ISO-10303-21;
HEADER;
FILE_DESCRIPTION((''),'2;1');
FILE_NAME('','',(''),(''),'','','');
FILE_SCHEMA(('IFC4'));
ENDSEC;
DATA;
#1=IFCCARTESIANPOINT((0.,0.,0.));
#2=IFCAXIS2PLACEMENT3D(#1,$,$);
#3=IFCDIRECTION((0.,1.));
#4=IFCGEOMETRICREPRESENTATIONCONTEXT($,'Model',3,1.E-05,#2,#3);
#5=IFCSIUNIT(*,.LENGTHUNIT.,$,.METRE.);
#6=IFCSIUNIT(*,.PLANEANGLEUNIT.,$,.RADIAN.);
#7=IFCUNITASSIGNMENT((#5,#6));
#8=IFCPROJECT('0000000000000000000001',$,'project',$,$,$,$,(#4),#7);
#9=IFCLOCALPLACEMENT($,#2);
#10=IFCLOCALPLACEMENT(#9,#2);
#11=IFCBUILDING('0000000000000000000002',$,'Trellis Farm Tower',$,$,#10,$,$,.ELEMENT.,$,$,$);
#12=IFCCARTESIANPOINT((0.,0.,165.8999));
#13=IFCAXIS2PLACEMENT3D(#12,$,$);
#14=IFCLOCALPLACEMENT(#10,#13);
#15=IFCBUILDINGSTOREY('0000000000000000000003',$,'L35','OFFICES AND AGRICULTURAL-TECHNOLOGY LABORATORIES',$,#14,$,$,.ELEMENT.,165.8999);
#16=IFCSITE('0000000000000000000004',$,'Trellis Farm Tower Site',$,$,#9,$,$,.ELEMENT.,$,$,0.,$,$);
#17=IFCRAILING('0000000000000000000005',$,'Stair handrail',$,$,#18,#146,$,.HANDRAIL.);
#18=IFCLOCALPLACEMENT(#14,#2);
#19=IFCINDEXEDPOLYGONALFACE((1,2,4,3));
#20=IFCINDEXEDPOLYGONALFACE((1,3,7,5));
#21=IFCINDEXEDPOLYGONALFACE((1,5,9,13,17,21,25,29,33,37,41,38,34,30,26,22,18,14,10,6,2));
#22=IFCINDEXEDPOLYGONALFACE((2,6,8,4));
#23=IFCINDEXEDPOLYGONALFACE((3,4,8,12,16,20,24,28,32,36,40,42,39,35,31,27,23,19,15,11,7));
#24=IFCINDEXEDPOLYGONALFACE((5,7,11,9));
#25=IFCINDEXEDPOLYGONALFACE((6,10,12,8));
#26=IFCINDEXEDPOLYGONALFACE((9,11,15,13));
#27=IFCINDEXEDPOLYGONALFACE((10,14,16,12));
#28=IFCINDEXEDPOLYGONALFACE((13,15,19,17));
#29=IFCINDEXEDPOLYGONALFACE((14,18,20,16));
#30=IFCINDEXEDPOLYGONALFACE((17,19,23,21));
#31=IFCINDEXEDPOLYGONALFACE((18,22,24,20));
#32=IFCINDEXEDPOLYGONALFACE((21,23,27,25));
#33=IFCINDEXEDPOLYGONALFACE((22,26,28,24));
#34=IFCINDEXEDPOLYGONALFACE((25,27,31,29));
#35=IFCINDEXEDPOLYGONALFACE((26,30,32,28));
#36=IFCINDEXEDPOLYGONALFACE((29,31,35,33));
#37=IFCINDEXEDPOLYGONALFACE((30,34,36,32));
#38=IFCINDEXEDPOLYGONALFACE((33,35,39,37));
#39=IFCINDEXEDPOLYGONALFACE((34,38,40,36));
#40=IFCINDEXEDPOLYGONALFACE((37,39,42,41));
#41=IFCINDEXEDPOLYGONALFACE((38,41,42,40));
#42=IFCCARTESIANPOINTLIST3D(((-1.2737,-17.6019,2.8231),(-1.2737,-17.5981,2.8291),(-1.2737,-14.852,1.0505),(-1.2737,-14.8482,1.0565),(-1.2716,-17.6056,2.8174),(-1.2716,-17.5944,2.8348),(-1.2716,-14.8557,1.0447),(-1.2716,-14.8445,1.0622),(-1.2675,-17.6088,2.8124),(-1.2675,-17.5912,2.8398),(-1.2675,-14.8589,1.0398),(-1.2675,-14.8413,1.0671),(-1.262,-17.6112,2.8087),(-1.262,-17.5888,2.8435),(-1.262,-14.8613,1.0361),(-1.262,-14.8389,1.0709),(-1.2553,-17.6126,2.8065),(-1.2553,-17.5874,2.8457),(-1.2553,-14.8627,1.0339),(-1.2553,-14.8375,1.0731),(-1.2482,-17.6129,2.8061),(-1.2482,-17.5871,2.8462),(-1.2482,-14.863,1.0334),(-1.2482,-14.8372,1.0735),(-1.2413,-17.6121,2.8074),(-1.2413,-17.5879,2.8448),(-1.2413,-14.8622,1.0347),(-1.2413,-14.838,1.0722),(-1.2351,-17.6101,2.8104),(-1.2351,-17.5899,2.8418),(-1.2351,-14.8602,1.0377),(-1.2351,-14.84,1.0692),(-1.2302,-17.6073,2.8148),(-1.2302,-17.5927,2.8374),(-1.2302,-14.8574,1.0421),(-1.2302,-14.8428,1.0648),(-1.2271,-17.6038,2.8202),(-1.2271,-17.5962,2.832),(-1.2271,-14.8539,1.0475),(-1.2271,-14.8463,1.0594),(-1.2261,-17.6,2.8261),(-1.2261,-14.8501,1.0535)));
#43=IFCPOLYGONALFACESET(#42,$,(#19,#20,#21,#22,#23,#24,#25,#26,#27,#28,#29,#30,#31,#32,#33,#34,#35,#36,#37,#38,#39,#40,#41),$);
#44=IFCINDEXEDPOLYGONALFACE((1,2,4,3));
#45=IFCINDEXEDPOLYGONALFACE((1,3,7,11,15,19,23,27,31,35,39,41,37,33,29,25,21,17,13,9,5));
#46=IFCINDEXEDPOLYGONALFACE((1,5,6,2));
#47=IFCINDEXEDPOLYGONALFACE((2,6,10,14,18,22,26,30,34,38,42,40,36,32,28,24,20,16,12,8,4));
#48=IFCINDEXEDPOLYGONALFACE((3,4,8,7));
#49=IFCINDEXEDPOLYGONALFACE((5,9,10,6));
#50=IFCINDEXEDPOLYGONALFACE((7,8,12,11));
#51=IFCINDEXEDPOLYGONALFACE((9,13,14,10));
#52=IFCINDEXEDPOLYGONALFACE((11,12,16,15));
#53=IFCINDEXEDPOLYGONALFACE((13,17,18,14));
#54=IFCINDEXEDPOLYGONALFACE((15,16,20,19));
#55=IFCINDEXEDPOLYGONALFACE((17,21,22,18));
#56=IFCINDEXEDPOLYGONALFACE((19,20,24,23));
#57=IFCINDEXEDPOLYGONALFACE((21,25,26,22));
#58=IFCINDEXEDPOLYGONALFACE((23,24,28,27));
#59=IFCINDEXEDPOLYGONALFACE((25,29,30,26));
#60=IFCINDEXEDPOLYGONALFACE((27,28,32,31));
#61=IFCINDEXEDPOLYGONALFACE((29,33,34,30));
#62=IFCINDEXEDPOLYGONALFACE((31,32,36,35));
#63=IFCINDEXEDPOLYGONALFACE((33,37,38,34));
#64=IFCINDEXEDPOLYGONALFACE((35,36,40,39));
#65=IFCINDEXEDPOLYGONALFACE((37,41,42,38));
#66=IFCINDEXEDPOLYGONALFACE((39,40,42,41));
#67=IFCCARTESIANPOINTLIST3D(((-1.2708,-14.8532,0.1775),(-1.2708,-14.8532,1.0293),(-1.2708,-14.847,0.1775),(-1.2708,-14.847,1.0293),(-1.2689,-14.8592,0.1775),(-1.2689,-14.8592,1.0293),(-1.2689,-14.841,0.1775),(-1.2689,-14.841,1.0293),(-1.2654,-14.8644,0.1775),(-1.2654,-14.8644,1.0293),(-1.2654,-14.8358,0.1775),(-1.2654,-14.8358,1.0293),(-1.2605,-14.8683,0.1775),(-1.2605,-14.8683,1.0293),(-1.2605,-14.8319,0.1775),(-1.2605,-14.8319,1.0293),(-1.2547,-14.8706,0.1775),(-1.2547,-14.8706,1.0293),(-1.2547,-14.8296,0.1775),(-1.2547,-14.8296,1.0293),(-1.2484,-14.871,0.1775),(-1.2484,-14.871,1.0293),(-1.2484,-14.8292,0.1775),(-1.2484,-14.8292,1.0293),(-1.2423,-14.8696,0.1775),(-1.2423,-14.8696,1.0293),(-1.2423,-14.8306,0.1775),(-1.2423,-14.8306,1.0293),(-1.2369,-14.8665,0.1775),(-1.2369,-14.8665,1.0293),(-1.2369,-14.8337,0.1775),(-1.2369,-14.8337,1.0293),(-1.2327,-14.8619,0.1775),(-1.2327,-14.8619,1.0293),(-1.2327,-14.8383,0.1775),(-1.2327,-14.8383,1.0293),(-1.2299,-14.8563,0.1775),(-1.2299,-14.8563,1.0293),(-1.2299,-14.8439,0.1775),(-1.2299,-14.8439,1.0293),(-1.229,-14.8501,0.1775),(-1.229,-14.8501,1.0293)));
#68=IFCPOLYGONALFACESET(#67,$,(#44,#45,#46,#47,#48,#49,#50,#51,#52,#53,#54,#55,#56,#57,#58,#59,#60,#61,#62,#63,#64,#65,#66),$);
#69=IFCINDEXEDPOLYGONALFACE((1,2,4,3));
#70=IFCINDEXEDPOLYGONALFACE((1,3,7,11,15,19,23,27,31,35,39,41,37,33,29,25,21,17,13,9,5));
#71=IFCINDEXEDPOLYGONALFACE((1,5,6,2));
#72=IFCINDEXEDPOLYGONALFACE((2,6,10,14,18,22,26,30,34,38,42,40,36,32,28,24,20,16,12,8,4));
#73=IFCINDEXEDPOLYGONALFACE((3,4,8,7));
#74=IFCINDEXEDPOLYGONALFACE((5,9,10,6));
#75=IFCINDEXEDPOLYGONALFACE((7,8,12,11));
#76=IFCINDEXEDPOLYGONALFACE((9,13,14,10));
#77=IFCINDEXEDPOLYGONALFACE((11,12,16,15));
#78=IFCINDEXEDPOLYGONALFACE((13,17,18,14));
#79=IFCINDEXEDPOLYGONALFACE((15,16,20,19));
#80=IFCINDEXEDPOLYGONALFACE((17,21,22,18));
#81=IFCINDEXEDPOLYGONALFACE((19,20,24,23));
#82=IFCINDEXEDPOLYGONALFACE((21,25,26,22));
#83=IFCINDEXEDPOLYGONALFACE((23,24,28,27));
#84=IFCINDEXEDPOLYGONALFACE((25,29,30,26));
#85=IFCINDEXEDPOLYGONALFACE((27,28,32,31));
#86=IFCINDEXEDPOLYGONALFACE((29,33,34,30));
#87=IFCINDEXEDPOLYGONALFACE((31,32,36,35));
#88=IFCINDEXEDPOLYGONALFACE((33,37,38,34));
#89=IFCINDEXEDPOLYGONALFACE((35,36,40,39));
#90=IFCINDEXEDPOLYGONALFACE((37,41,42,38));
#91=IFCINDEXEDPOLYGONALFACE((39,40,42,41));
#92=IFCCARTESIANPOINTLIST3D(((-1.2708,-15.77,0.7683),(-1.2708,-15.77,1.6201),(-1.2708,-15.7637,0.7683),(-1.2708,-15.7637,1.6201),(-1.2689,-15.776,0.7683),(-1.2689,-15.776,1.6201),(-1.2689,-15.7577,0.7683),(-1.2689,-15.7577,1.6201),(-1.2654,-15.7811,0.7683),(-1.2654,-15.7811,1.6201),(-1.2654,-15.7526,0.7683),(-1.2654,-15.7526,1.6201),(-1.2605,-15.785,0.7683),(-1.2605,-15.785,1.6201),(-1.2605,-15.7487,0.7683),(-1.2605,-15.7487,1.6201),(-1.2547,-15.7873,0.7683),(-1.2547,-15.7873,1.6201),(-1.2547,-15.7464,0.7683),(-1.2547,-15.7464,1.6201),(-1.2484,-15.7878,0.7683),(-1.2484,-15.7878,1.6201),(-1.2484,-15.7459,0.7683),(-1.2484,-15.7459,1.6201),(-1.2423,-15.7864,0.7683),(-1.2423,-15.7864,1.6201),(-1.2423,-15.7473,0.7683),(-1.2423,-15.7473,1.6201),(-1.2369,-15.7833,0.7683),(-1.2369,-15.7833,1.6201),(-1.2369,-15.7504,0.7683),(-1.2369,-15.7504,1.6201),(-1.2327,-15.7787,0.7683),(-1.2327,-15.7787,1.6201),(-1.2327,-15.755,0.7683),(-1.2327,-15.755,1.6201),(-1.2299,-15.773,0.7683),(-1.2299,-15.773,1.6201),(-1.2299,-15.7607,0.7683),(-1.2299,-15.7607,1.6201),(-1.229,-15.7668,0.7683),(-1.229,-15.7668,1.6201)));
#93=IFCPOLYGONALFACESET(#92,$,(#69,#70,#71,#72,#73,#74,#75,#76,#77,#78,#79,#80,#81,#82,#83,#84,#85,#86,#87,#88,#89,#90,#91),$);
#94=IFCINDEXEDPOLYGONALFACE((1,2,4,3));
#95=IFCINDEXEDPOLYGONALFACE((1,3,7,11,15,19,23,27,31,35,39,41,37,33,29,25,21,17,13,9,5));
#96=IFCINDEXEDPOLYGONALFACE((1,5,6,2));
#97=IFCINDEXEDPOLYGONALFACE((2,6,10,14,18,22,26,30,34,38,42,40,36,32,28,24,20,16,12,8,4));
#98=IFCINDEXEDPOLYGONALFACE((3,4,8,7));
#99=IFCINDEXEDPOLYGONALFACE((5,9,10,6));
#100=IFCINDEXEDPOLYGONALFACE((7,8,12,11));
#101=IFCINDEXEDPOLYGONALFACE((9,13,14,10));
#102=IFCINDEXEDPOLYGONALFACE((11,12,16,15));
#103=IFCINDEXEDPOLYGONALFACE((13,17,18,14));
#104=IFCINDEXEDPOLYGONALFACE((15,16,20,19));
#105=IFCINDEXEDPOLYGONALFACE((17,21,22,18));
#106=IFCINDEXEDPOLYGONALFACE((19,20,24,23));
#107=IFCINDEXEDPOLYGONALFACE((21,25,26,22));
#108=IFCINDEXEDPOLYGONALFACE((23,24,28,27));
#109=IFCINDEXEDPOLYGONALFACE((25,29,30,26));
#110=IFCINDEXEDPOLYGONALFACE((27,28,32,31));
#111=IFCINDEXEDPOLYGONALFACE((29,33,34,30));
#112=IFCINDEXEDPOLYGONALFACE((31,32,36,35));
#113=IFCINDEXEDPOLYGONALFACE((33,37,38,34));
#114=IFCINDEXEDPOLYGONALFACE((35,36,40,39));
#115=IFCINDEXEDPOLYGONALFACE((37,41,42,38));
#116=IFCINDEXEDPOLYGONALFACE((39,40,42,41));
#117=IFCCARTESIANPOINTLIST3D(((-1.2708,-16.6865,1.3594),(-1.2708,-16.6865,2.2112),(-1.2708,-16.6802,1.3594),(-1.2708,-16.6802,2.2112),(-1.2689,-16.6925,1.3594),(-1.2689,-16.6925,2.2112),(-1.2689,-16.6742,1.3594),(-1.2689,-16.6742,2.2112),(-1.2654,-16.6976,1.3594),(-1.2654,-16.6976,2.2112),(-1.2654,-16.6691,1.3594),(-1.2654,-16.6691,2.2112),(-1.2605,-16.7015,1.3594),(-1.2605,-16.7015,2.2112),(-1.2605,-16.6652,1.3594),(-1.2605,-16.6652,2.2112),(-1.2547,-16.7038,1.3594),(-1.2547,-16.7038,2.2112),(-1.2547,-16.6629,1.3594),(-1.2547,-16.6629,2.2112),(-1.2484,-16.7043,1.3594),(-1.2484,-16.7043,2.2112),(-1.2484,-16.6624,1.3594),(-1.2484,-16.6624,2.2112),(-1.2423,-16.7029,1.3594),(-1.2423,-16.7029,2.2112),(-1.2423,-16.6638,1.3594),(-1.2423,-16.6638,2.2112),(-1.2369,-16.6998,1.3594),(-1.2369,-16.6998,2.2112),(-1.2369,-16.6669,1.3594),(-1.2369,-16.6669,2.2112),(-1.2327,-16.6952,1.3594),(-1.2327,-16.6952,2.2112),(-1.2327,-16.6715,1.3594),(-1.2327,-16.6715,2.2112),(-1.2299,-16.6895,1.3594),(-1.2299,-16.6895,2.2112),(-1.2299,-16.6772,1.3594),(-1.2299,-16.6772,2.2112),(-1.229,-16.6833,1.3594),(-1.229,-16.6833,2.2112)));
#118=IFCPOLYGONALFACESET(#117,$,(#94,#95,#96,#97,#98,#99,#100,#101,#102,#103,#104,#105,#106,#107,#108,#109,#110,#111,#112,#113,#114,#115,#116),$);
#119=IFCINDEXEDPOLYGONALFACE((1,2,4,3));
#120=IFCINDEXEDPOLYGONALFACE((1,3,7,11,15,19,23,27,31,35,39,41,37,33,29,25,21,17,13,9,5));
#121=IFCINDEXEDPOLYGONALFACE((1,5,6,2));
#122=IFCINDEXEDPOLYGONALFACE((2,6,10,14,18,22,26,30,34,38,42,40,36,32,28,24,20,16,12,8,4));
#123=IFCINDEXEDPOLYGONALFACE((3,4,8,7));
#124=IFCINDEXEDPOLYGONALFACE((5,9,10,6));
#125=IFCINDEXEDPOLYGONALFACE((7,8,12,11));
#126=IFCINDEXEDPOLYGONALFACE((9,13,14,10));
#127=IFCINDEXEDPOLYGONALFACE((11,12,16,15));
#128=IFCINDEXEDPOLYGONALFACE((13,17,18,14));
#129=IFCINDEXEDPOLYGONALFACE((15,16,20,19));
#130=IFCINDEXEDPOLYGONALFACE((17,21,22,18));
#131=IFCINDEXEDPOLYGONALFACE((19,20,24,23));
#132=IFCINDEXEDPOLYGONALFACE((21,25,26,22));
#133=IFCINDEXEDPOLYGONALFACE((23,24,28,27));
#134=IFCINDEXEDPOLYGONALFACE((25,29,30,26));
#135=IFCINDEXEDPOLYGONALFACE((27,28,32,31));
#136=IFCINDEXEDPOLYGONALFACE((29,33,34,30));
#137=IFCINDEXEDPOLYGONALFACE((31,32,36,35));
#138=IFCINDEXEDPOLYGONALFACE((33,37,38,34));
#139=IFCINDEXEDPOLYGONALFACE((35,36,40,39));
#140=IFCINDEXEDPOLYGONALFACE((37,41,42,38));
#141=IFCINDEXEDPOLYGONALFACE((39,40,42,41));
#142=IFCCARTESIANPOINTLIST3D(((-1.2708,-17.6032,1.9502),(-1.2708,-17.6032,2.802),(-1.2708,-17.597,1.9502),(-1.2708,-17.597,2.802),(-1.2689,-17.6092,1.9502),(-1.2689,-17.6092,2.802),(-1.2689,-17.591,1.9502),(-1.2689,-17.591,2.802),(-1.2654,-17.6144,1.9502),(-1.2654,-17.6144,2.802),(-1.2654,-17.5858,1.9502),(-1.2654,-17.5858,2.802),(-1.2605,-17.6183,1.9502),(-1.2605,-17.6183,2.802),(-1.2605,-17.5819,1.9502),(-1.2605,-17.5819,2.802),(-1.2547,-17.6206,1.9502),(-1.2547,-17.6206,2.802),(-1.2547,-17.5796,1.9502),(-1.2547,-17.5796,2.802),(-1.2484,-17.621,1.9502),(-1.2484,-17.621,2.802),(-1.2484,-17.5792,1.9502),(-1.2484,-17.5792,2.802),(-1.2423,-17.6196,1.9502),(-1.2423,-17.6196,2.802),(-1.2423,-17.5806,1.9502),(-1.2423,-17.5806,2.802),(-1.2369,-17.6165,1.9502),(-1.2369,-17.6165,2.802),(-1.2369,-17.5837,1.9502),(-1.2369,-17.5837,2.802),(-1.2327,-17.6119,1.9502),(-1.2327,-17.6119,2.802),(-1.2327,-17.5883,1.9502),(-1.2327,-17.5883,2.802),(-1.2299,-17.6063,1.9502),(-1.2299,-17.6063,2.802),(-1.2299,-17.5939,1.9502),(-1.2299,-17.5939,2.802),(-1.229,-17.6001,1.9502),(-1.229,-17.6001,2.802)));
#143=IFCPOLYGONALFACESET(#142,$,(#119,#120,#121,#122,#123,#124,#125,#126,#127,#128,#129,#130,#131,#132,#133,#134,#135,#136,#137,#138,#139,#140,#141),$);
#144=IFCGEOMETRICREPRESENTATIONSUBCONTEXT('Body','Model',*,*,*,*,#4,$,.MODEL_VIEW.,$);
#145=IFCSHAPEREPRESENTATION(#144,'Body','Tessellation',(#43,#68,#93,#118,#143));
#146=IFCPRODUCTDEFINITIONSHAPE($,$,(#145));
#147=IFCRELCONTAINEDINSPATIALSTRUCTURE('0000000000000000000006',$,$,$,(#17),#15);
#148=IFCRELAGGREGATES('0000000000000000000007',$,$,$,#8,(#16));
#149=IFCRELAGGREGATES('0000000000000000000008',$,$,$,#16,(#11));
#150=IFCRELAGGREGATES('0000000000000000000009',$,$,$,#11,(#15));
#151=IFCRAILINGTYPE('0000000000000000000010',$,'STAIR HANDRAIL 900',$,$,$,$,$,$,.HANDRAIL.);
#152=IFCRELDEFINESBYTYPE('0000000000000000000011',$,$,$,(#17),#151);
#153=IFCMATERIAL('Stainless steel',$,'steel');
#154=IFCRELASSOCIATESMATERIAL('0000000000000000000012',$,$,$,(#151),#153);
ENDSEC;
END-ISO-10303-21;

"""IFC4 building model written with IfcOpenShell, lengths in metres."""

from ifc_helpers import new_model, si_unit, direction, frame, origin, origin_2d, place, context, subcontext, project, spatial, circle, extrude, source, transform, mapped, material, type_object, element, save


model = new_model("IFC4")

# Units and contexts
model_context = context("Model", 3, precision=1e-05, world=origin(), true_north=direction((0.0, 1.0)))
body_context = subcontext(model_context, "Body", "Model", "MODEL_VIEW")
ifc_project = project(units=[si_unit("LENGTHUNIT", "METRE"), si_unit("PLANEANGLEUNIT", "RADIAN")], contexts=[model_context])

# Site, building, storey
site_placement = place(None, origin())
site = spatial("IfcSite", under=ifc_project, at=site_placement, Name="Trellis Farm Tower Site", CompositionType="ELEMENT", RefElevation=0.0)
building_placement = place(site_placement, origin())
building = spatial("IfcBuilding", under=site, at=building_placement, Name="Trellis Farm Tower", CompositionType="ELEMENT")
storey_placement = place(building_placement, frame((0.0, 0.0, 165.8999)))
storey = spatial("IfcBuildingStorey", under=building, at=storey_placement, Name="L35", Description="OFFICES AND AGRICULTURAL-TECHNOLOGY LABORATORIES", CompositionType="ELEMENT", Elevation=165.8999)

# Railing
ifc_material_1 = material(Name="Stainless steel", Category="steel")
railing_type = type_object("IfcRailingType", Name="STAIR HANDRAIL 900", PredefinedType="HANDRAIL", material=ifc_material_1)
shared_shape_1 = source(origin(), body_context, "Body", "SweptSolid", [
    extrude(circle(Radius=0.0239, at=origin_2d()), frame((0.0, 0.0, 0.876), z_axis=(0.0, -0.840504, 0.541806), x_axis=(1.0, 0.0, 0.0)), (0.0, 0.0, 1.0), 3.2717),
    extrude(circle(Radius=0.021, at=origin_2d()), origin(), (0.0, 0.0, 1.0), 0.8518),
    extrude(circle(Radius=0.021, at=origin_2d()), frame((0.0, -0.9167, 0.5908)), (0.0, 0.0, 1.0), 0.8518),
    extrude(circle(Radius=0.021, at=origin_2d()), frame((0.0, -1.8333, 1.1819)), (0.0, 0.0, 1.0), 0.8518),
    extrude(circle(Radius=0.021, at=origin_2d()), frame((0.0, -2.75, 1.7727)), (0.0, 0.0, 1.0), 0.8518),
])
railing_placement = place(storey_placement, frame((-1.25, -14.8501, 0.1775)))
element("IfcRailing", 1, at=railing_placement, inside=storey, type_object=railing_type, Name="Stair handrail", PredefinedType="HANDRAIL", context=body_context, shape_type="MappedRepresentation", body=[
    mapped(shared_shape_1, transform((0.0, 0.0, 0.0))),
])

save(model, "model.ifc")
